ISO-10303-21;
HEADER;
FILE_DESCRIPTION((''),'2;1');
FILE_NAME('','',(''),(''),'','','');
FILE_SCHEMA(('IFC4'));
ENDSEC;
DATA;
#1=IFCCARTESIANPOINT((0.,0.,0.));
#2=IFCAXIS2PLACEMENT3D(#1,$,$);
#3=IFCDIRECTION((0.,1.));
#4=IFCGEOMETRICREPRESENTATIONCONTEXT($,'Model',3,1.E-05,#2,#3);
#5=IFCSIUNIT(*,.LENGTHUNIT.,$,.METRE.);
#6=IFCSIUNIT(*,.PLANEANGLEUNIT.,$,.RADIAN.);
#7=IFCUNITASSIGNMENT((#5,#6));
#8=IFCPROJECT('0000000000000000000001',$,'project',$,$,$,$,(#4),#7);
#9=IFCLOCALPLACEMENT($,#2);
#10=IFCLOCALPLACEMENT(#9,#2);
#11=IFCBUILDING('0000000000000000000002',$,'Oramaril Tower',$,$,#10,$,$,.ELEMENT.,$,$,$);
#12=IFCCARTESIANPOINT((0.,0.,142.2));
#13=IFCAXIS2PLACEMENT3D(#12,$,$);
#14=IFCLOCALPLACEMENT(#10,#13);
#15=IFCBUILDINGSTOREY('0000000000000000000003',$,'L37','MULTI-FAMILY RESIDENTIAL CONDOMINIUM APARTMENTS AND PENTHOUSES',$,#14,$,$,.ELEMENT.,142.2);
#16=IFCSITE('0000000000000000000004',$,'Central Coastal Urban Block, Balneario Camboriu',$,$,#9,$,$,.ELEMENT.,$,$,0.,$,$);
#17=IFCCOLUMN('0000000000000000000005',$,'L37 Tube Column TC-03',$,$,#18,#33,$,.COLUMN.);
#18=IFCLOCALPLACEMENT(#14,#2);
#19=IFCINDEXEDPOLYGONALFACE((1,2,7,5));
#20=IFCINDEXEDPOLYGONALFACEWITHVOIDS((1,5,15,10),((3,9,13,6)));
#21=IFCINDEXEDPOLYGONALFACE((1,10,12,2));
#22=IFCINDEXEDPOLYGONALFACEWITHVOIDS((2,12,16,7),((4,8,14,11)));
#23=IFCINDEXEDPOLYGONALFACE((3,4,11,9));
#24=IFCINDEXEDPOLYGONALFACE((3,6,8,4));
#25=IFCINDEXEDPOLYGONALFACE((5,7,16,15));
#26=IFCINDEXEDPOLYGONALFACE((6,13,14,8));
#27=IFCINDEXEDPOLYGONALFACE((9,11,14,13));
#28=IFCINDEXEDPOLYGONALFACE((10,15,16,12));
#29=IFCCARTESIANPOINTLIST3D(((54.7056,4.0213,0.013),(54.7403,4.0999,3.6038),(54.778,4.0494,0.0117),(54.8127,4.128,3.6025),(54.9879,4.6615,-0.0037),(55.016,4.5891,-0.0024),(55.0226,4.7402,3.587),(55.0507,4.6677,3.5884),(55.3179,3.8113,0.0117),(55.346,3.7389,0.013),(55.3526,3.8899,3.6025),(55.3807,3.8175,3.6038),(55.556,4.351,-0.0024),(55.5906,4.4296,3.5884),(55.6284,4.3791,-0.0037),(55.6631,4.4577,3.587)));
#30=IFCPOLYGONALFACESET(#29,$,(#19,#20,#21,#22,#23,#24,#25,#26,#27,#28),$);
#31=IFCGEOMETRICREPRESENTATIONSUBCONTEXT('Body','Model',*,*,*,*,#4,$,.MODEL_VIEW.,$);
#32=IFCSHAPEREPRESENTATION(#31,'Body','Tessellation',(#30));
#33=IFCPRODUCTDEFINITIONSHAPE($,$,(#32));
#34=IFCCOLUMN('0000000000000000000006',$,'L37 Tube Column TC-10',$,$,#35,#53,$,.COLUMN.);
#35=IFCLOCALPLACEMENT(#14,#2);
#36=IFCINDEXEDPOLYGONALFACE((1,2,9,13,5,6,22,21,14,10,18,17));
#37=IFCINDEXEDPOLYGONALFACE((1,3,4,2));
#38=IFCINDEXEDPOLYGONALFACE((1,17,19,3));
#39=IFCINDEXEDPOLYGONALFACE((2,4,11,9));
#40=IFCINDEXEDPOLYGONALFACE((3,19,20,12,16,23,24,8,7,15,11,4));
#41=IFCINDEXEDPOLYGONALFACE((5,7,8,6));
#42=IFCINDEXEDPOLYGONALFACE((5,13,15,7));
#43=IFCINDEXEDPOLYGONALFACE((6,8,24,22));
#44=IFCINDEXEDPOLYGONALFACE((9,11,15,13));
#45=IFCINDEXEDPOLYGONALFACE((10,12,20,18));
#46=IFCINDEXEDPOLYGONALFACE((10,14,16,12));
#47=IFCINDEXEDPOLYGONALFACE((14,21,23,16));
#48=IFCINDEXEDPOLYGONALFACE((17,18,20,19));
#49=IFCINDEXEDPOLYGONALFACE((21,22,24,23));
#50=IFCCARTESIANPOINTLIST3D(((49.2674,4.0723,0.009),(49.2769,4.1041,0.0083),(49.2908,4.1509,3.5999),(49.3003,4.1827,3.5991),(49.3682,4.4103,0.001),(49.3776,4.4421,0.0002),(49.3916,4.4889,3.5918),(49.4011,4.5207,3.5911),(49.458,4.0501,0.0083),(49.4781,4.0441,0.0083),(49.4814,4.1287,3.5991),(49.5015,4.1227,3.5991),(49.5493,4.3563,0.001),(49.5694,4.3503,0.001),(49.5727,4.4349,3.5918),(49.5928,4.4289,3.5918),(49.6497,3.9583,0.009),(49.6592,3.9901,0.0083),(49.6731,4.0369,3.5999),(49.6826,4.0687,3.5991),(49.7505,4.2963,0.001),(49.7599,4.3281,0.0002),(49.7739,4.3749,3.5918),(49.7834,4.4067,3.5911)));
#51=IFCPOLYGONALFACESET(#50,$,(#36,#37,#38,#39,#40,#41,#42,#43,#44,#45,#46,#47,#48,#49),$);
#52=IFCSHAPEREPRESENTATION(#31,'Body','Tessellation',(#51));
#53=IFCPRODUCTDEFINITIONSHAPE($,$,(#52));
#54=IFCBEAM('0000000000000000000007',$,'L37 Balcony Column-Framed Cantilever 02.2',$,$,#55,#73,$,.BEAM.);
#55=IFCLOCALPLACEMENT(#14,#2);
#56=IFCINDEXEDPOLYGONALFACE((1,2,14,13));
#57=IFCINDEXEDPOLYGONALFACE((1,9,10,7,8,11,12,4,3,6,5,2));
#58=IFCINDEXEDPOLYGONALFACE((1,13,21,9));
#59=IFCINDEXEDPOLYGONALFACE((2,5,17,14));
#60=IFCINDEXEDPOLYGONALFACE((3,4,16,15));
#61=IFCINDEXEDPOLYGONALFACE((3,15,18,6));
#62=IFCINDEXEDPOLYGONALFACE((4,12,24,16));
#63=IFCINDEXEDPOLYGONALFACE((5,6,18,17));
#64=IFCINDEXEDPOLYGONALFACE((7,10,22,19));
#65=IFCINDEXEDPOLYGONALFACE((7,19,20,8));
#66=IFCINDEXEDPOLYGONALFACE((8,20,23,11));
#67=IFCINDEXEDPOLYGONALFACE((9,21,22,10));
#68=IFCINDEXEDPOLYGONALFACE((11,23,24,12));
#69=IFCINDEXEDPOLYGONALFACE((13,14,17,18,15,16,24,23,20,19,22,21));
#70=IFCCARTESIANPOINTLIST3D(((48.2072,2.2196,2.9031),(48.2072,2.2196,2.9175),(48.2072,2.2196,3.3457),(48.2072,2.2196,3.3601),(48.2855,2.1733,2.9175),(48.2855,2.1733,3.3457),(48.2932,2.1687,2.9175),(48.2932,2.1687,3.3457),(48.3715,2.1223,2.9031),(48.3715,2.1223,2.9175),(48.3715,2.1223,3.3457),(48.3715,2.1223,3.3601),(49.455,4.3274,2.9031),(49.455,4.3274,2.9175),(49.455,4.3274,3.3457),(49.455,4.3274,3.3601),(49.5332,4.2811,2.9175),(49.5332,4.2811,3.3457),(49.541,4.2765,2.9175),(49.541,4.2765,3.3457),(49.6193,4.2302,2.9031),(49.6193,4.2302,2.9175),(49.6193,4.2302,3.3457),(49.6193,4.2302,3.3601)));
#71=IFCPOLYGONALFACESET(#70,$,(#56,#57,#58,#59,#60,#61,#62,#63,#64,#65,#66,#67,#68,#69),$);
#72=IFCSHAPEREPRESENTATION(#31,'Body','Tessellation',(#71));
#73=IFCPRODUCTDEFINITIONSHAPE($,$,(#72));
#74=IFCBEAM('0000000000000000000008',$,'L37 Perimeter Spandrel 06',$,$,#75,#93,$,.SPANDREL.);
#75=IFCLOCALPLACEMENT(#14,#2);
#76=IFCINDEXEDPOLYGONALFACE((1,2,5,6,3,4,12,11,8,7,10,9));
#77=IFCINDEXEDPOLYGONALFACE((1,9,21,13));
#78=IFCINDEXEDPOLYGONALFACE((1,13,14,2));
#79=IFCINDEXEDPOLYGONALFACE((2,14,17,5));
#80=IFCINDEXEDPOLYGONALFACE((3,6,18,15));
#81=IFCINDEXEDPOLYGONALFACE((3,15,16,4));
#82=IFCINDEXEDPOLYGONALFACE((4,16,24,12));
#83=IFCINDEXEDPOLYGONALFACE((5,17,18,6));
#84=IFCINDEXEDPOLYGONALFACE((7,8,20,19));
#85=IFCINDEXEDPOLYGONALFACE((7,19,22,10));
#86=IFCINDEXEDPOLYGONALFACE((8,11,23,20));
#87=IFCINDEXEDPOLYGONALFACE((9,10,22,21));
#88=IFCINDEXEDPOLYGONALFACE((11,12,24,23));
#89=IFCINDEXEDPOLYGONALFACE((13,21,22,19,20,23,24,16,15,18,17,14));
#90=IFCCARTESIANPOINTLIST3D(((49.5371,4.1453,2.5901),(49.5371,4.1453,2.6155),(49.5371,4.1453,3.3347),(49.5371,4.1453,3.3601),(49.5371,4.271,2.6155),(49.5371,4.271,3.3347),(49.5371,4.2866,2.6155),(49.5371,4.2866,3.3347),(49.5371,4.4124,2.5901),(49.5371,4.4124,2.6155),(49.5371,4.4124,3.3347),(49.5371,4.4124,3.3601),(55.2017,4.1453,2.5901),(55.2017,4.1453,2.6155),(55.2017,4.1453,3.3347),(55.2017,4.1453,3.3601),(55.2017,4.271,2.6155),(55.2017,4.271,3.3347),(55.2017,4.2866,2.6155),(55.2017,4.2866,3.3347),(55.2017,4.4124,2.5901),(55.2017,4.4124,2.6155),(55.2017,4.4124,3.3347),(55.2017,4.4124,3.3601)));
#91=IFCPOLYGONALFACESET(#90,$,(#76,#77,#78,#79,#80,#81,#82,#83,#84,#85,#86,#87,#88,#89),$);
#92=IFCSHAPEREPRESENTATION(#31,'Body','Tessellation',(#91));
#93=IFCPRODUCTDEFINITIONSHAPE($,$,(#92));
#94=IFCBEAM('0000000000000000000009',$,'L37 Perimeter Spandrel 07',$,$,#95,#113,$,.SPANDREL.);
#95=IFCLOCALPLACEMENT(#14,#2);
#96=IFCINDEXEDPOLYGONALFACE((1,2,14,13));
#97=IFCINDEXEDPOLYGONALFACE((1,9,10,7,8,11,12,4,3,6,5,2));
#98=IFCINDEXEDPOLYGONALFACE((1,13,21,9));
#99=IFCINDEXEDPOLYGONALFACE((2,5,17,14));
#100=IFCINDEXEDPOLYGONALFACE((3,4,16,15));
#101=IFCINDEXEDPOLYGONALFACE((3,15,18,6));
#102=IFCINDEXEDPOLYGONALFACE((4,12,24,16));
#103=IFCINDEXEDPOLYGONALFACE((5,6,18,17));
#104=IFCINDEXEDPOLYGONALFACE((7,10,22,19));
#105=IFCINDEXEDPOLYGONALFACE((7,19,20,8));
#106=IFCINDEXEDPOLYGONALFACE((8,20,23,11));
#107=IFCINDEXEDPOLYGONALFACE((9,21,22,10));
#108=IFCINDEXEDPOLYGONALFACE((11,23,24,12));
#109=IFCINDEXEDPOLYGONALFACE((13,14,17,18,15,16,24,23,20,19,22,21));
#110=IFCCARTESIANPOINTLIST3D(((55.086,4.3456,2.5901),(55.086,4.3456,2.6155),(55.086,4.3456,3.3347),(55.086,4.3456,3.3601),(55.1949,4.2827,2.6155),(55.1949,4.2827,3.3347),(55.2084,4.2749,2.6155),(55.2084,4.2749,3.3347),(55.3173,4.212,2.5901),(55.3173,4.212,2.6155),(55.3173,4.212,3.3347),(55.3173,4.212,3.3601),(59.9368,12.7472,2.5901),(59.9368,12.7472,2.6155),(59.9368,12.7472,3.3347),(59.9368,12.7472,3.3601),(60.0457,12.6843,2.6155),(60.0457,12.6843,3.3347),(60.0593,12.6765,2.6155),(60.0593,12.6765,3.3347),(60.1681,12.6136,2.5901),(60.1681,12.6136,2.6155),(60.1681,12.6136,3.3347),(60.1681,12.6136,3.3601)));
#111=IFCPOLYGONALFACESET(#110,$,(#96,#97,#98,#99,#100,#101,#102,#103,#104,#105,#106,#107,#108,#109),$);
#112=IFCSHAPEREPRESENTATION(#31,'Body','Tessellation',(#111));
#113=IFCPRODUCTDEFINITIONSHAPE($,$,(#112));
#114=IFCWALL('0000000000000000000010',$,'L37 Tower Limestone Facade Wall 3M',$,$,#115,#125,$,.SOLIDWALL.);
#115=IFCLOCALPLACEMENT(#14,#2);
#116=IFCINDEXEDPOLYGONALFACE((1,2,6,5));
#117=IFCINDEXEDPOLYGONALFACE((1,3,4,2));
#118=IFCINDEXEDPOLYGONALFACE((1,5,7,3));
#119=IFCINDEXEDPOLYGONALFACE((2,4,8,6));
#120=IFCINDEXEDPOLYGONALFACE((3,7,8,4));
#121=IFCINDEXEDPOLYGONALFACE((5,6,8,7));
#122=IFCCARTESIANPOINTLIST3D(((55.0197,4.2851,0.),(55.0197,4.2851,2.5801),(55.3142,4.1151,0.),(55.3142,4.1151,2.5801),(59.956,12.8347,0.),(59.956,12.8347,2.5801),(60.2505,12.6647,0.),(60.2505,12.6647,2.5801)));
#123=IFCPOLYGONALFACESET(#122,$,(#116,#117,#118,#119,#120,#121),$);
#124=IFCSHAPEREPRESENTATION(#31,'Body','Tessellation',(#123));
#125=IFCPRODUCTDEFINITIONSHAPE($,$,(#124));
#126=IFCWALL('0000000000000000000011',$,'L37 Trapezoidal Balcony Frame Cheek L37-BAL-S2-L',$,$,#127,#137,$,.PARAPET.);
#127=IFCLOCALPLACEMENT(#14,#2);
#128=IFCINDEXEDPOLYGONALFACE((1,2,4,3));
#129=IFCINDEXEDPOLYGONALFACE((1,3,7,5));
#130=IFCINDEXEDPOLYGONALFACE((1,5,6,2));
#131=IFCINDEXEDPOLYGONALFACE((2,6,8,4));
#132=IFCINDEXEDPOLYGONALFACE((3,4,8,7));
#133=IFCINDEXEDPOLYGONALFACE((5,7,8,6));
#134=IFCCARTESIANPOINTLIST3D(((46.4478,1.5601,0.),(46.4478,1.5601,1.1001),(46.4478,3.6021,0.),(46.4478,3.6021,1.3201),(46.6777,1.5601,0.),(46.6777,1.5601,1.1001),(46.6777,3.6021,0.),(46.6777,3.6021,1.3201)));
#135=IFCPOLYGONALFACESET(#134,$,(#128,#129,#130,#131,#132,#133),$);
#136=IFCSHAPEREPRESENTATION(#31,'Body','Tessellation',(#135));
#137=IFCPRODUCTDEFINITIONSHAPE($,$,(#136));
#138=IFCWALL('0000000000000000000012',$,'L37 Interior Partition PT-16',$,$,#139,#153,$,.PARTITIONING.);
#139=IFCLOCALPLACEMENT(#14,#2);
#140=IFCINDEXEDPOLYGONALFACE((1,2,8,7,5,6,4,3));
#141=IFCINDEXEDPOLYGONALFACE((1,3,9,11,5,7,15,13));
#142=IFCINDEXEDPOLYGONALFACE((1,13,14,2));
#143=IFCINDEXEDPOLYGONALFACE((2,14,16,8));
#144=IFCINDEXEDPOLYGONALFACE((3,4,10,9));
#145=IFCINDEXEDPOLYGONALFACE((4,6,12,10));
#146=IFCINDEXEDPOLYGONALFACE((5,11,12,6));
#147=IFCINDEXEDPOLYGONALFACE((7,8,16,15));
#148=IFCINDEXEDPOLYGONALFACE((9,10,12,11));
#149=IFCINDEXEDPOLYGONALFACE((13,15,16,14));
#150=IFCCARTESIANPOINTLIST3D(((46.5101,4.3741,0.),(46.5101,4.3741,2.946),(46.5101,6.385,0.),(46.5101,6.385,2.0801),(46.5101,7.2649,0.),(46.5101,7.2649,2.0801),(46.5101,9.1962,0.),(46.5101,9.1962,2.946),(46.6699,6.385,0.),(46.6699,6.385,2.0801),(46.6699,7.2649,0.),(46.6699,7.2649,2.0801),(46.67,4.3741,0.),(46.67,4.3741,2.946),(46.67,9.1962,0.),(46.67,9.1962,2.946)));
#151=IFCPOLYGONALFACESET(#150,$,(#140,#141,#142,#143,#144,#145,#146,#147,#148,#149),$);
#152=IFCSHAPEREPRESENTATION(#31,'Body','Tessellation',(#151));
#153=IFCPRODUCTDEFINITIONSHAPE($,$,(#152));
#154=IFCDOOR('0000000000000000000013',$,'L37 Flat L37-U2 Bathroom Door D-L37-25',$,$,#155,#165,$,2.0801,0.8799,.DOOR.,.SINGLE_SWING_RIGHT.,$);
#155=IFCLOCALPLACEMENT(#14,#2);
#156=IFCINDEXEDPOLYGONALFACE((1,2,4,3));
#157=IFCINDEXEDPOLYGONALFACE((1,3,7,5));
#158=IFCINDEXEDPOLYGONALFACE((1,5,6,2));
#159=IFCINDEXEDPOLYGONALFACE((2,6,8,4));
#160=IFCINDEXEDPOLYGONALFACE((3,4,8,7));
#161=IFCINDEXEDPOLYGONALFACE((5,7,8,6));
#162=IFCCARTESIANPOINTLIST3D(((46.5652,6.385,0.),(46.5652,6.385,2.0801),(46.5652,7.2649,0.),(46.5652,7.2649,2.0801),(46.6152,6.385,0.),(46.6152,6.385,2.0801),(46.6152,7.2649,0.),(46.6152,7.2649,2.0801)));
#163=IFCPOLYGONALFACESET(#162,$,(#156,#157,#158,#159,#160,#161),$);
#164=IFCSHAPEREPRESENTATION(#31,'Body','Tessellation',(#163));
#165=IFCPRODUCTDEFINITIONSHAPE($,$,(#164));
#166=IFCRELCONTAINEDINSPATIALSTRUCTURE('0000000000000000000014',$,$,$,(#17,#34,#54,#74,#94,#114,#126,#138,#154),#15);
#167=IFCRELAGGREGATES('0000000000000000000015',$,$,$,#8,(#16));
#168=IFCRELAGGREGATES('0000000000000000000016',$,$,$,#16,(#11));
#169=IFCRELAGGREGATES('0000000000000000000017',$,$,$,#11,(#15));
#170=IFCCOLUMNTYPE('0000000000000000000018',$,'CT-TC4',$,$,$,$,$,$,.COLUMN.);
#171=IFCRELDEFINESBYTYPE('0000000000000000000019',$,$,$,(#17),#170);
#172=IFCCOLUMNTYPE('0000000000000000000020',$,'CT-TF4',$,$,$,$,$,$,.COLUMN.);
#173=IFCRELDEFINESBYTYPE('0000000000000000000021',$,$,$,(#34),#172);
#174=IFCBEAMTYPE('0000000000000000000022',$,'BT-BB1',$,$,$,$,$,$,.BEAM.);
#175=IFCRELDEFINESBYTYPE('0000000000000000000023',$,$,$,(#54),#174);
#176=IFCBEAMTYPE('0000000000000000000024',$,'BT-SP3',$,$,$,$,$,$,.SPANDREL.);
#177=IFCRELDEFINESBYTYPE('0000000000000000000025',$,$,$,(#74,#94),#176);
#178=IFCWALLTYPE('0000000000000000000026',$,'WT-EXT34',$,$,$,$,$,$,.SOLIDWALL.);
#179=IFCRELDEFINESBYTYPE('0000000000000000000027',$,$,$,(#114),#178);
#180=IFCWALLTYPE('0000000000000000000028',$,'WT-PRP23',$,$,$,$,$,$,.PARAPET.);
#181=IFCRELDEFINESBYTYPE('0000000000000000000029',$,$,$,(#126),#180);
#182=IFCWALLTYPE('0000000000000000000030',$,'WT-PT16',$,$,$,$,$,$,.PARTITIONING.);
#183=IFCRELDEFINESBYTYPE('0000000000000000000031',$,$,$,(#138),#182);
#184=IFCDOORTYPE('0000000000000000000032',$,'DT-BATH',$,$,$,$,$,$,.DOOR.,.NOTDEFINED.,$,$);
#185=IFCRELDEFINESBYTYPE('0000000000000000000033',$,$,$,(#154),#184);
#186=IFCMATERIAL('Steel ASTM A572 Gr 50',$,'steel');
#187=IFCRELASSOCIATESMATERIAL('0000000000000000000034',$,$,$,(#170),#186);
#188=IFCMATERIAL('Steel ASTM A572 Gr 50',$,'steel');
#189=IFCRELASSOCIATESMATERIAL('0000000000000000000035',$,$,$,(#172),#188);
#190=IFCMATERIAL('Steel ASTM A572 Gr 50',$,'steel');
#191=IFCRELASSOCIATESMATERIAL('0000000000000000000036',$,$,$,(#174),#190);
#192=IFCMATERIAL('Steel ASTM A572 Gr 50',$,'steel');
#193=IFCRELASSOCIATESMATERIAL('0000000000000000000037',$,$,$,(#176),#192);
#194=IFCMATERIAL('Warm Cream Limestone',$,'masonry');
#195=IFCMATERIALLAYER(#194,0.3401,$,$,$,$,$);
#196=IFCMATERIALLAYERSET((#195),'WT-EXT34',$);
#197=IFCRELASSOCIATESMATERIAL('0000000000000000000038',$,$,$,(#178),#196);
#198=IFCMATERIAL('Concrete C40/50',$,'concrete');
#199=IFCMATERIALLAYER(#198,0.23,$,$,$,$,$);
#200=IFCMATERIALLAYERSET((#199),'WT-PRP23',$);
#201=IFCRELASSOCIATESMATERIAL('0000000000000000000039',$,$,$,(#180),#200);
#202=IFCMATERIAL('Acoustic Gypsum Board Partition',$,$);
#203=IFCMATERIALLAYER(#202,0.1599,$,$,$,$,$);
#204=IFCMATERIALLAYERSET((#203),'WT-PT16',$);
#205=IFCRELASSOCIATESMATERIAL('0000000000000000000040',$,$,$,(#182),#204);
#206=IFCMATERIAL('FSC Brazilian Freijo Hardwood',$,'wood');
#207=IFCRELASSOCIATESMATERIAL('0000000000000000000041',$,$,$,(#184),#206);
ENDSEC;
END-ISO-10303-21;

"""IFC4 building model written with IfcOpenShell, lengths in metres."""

from ifc_helpers import new_model, si_unit, direction, frame, frame_2d, origin, origin_2d, place, context, subcontext, project, spatial, polyline, rectangle, hollow_rectangle, i_section, outline, extrude, material, layer, layer_set, material_profile, profile_set, type_object, element, fill, save


model = new_model("IFC4")

# Units and contexts
model_context = context("Model", 3, precision=1e-05, world=origin(), true_north=direction((0.0, 1.0)))
body_context = subcontext(model_context, "Body", "Model", "MODEL_VIEW")
ifc_project = project(units=[si_unit("LENGTHUNIT", "METRE"), si_unit("PLANEANGLEUNIT", "RADIAN")], contexts=[model_context])

# Site, building, storey
site_placement = place(None, origin())
site = spatial("IfcSite", under=ifc_project, at=site_placement, Name="Central Coastal Urban Block, Balneario Camboriu", CompositionType="ELEMENT", RefElevation=0.0)
building_placement = place(site_placement, origin())
building = spatial("IfcBuilding", under=site, at=building_placement, Name="Oramaril Tower", CompositionType="ELEMENT")
storey_placement = place(building_placement, frame((0.0, 0.0, 142.2)))
storey = spatial("IfcBuildingStorey", under=building, at=storey_placement, Name="L37", Description="MULTI-FAMILY RESIDENTIAL CONDOMINIUM APARTMENTS AND PENTHOUSES", CompositionType="ELEMENT", Elevation=142.2)

# Columns
ifc_material_1 = material(Name="Steel ASTM A572 Gr 50", Category="steel")
ifc_material_profile_1 = material_profile(ifc_material_1, hollow_rectangle(XDim=0.7, YDim=0.7, WallThickness=0.0549, at=origin_2d()), Name="BOX700X700X55")
ifc_profile_set_1 = profile_set([ifc_material_profile_1], Name="Steel ASTM A572 Gr 50")
column_type_1 = type_object("IfcColumnType", Name="CT-TC4", PredefinedType="COLUMN", material=ifc_profile_set_1)
column_1_placement = place(storey_placement, frame((55.167, 4.2002, 0.0046), z_axis=(0.009652, 0.021887, 0.999714), x_axis=(-0.91498, 0.4035, 0.0)))
element("IfcColumn", 1, at=column_1_placement, inside=storey, type_object=column_type_1, Name="L37 Tube Column TC-03", PredefinedType="COLUMN", context=body_context, shape_type="SweptSolid", body=[
    extrude(hollow_rectangle(XDim=0.7, YDim=0.7, WallThickness=0.0549, at=origin_2d()), origin(), (0.0, 0.0, 1.0), 3.5918),
])
ifc_material_2 = material(Name="Steel ASTM A572 Gr 50", Category="steel")
ifc_material_profile_2 = material_profile(ifc_material_2, i_section(OverallWidth=0.3989, OverallDepth=0.386, WebThickness=0.021, FlangeThickness=0.0332, at=origin_2d()), Name="W14X176")
ifc_profile_set_2 = profile_set([ifc_material_profile_2], Name="Steel ASTM A572 Gr 50")
column_type_2 = type_object("IfcColumnType", Name="CT-TF4", PredefinedType="COLUMN", material=ifc_profile_set_2)
column_2_placement = place(storey_placement, frame((49.5137, 4.2002, 0.0046), z_axis=(0.006525, 0.021887, 0.999739), x_axis=(-0.958316, 0.285709, 0.0)))
element("IfcColumn", 2, at=column_2_placement, inside=storey, type_object=column_type_2, Name="L37 Tube Column TC-10", PredefinedType="COLUMN", context=body_context, shape_type="SweptSolid", body=[
    extrude(i_section(OverallWidth=0.3989, OverallDepth=0.386, WebThickness=0.021, FlangeThickness=0.0332, at=origin_2d()), origin(), (0.0, 0.0, 1.0), 3.5918),
])

# Beams
ifc_material_3 = material(Name="Steel ASTM A572 Gr 50", Category="steel")
ifc_material_profile_3 = material_profile(ifc_material_3, i_section(OverallWidth=0.1909, OverallDepth=0.457, WebThickness=0.009, FlangeThickness=0.0144, at=origin_2d()), Name="W18X50")
ifc_profile_set_3 = profile_set([ifc_material_profile_3], Name="Steel ASTM A572 Gr 50")
beam_type_1 = type_object("IfcBeamType", Name="BT-BB1", PredefinedType="BEAM", material=ifc_profile_set_3)
beam_1_placement = place(storey_placement, frame((49.5371, 4.2788, 3.1316), z_axis=(-0.509401, -0.860529, 0.0), x_axis=(0.860529, -0.509401, 0.0)))
element("IfcBeam", 3, at=beam_1_placement, inside=storey, type_object=beam_type_1, Name="L37 Balcony Column-Framed Cantilever 02.2", PredefinedType="BEAM", context=body_context, shape_type="SweptSolid", body=[
    extrude(i_section(OverallWidth=0.1909, OverallDepth=0.457, WebThickness=0.009, FlangeThickness=0.0144, at=origin_2d()), origin(), (0.0, 0.0, 1.0), 2.4495),
])
ifc_material_4 = material(Name="Steel ASTM A572 Gr 50", Category="steel")
ifc_material_profile_4 = material_profile(ifc_material_4, i_section(OverallWidth=0.2671, OverallDepth=0.77, WebThickness=0.0156, FlangeThickness=0.0254, at=origin_2d()), Name="W30X132")
ifc_profile_set_4 = profile_set([ifc_material_profile_4], Name="Steel ASTM A572 Gr 50")
beam_type_2 = type_object("IfcBeamType", Name="BT-SP3", PredefinedType="SPANDREL", material=ifc_profile_set_4)
beam_2_placement = place(storey_placement, frame((49.5371, 4.2788, 2.9751), z_axis=(1.0, 0.0, 0.0), x_axis=(0.0, 1.0, 0.0)))
element("IfcBeam", 4, at=beam_2_placement, inside=storey, type_object=beam_type_2, Name="L37 Perimeter Spandrel 06", PredefinedType="SPANDREL", context=body_context, shape_type="SweptSolid", body=[
    extrude(i_section(OverallWidth=0.2671, OverallDepth=0.77, WebThickness=0.0156, FlangeThickness=0.0254, at=origin_2d()), origin(), (0.0, 0.0, 1.0), 5.6646),
])
beam_3_placement = place(storey_placement, frame((55.2017, 4.2788, 2.9751), z_axis=(0.500012, 0.866018, 0.0), x_axis=(-0.866018, 0.500012, 0.0)))
element("IfcBeam", 5, at=beam_3_placement, inside=storey, type_object=beam_type_2, Name="L37 Perimeter Spandrel 07", PredefinedType="SPANDREL", context=body_context, shape_type="SweptSolid", body=[
    extrude(i_section(OverallWidth=0.2671, OverallDepth=0.77, WebThickness=0.0156, FlangeThickness=0.0254, at=origin_2d()), origin(), (0.0, 0.0, 1.0), 9.7014),
])

# Walls
ifc_material_5 = material(Name="Warm Cream Limestone", Category="masonry")
ifc_layer_1 = layer(ifc_material_5, 0.3401)
ifc_layer_set_1 = layer_set([ifc_layer_1], Name="WT-EXT34")
wall_type_1 = type_object("IfcWallType", Name="WT-EXT34", PredefinedType="SOLIDWALL", material=ifc_layer_set_1)
wall_1_placement = place(storey_placement, frame((55.167, 4.2002, 0.0), z_axis=(0.0, 0.0, 1.0), x_axis=(0.500014, 0.866017, 0.0)))
element("IfcWall", 6, at=wall_1_placement, inside=storey, type_object=wall_type_1, Name="L37 Tower Limestone Facade Wall 3M", PredefinedType="SOLIDWALL", context=body_context, shape_type="SweptSolid", body=[
    extrude(rectangle(XDim=9.8723, YDim=0.3401, at=frame_2d((4.936, 0.0))), origin(), (0.0, 0.0, 1.0), 2.5801),
])
ifc_material_6 = material(Name="Concrete C40/50", Category="concrete")
ifc_layer_2 = layer(ifc_material_6, 0.23)
ifc_layer_set_2 = layer_set([ifc_layer_2], Name="WT-PRP23")
wall_type_2 = type_object("IfcWallType", Name="WT-PRP23", PredefinedType="PARAPET", material=ifc_layer_set_2)
wall_2_placement = place(storey_placement, frame((46.5627, 3.6021, 0.0), z_axis=(0.0, 0.0, 1.0), x_axis=(0.0, -1.0, 0.0)))
element("IfcWall", 7, at=wall_2_placement, inside=storey, type_object=wall_type_2, Name="L37 Trapezoidal Balcony Frame Cheek L37-BAL-S2-L", PredefinedType="PARAPET", context=body_context, shape_type="SweptSolid", body=[
    extrude(outline(polyline([(0.0, 0.0), (2.042, 0.0), (2.042, 1.1001), (0.0, 1.3201), (0.0, 0.0)])), frame((0.0, 0.115, 0.0), z_axis=(0.0, -1.0, 0.0), x_axis=(1.0, 0.0, 0.0)), (0.0, 0.0, 1.0), 0.23),
])

# Wall, opening, door
ifc_material_7 = material(Name="Acoustic Gypsum Board Partition")
ifc_layer_3 = layer(ifc_material_7, 0.1599)
ifc_layer_set_3 = layer_set([ifc_layer_3], Name="WT-PT16")
wall_type_3 = type_object("IfcWallType", Name="WT-PT16", PredefinedType="PARTITIONING", material=ifc_layer_set_3)
wall_3_placement = place(storey_placement, frame((46.5901, 4.374, 0.0), z_axis=(0.0, 0.0, 1.0), x_axis=(0.0, 1.0, 0.0)))
wall_3 = element("IfcWall", 8, at=wall_3_placement, inside=storey, type_object=wall_type_3, Name="L37 Interior Partition PT-16", PredefinedType="PARTITIONING", context=body_context, shape_type="SweptSolid", body=[
    extrude(rectangle(XDim=4.822, YDim=0.1599, at=frame_2d((2.4111, 0.0))), origin(), (0.0, 0.0, 1.0), 2.946),
])
opening_placement = place(wall_3_placement, frame((2.011, 0.0, 0.0)))
opening = element("IfcOpeningElement", 9, at=opening_placement, cuts=wall_3, PredefinedType="OPENING", context=body_context, shape_type="SweptSolid", body=[
    extrude(rectangle(XDim=0.8799, YDim=2.0801, at=frame_2d((0.4399, 1.04))), frame((0.0, 0.0801, 0.0), z_axis=(0.0, -1.0, 0.0), x_axis=(1.0, 0.0, 0.0)), (0.0, 0.0, 1.0), 0.1599),
])
ifc_material_8 = material(Name="FSC Brazilian Freijo Hardwood", Category="wood")
door_type = type_object("IfcDoorType", Name="DT-BATH", OperationType="NOTDEFINED", PredefinedType="DOOR", material=ifc_material_8)
door_placement = place(opening_placement, origin())
door = element("IfcDoor", 10, at=door_placement, inside=storey, type_object=door_type, Name="L37 Flat L37-U2 Bathroom Door D-L37-25", OperationType="SINGLE_SWING_RIGHT", OverallHeight=2.0801, OverallWidth=0.8799, PredefinedType="DOOR", context=body_context, shape_type="SweptSolid", body=[
    extrude(rectangle(XDim=0.8799, YDim=2.0801, at=frame_2d((0.4399, 1.04))), frame((0.0, 0.0249, 0.0), z_axis=(0.0, -1.0, 0.0), x_axis=(1.0, 0.0, 0.0)), (0.0, 0.0, 1.0), 0.05),
])
fill(opening, door)

save(model, "model.ifc")
